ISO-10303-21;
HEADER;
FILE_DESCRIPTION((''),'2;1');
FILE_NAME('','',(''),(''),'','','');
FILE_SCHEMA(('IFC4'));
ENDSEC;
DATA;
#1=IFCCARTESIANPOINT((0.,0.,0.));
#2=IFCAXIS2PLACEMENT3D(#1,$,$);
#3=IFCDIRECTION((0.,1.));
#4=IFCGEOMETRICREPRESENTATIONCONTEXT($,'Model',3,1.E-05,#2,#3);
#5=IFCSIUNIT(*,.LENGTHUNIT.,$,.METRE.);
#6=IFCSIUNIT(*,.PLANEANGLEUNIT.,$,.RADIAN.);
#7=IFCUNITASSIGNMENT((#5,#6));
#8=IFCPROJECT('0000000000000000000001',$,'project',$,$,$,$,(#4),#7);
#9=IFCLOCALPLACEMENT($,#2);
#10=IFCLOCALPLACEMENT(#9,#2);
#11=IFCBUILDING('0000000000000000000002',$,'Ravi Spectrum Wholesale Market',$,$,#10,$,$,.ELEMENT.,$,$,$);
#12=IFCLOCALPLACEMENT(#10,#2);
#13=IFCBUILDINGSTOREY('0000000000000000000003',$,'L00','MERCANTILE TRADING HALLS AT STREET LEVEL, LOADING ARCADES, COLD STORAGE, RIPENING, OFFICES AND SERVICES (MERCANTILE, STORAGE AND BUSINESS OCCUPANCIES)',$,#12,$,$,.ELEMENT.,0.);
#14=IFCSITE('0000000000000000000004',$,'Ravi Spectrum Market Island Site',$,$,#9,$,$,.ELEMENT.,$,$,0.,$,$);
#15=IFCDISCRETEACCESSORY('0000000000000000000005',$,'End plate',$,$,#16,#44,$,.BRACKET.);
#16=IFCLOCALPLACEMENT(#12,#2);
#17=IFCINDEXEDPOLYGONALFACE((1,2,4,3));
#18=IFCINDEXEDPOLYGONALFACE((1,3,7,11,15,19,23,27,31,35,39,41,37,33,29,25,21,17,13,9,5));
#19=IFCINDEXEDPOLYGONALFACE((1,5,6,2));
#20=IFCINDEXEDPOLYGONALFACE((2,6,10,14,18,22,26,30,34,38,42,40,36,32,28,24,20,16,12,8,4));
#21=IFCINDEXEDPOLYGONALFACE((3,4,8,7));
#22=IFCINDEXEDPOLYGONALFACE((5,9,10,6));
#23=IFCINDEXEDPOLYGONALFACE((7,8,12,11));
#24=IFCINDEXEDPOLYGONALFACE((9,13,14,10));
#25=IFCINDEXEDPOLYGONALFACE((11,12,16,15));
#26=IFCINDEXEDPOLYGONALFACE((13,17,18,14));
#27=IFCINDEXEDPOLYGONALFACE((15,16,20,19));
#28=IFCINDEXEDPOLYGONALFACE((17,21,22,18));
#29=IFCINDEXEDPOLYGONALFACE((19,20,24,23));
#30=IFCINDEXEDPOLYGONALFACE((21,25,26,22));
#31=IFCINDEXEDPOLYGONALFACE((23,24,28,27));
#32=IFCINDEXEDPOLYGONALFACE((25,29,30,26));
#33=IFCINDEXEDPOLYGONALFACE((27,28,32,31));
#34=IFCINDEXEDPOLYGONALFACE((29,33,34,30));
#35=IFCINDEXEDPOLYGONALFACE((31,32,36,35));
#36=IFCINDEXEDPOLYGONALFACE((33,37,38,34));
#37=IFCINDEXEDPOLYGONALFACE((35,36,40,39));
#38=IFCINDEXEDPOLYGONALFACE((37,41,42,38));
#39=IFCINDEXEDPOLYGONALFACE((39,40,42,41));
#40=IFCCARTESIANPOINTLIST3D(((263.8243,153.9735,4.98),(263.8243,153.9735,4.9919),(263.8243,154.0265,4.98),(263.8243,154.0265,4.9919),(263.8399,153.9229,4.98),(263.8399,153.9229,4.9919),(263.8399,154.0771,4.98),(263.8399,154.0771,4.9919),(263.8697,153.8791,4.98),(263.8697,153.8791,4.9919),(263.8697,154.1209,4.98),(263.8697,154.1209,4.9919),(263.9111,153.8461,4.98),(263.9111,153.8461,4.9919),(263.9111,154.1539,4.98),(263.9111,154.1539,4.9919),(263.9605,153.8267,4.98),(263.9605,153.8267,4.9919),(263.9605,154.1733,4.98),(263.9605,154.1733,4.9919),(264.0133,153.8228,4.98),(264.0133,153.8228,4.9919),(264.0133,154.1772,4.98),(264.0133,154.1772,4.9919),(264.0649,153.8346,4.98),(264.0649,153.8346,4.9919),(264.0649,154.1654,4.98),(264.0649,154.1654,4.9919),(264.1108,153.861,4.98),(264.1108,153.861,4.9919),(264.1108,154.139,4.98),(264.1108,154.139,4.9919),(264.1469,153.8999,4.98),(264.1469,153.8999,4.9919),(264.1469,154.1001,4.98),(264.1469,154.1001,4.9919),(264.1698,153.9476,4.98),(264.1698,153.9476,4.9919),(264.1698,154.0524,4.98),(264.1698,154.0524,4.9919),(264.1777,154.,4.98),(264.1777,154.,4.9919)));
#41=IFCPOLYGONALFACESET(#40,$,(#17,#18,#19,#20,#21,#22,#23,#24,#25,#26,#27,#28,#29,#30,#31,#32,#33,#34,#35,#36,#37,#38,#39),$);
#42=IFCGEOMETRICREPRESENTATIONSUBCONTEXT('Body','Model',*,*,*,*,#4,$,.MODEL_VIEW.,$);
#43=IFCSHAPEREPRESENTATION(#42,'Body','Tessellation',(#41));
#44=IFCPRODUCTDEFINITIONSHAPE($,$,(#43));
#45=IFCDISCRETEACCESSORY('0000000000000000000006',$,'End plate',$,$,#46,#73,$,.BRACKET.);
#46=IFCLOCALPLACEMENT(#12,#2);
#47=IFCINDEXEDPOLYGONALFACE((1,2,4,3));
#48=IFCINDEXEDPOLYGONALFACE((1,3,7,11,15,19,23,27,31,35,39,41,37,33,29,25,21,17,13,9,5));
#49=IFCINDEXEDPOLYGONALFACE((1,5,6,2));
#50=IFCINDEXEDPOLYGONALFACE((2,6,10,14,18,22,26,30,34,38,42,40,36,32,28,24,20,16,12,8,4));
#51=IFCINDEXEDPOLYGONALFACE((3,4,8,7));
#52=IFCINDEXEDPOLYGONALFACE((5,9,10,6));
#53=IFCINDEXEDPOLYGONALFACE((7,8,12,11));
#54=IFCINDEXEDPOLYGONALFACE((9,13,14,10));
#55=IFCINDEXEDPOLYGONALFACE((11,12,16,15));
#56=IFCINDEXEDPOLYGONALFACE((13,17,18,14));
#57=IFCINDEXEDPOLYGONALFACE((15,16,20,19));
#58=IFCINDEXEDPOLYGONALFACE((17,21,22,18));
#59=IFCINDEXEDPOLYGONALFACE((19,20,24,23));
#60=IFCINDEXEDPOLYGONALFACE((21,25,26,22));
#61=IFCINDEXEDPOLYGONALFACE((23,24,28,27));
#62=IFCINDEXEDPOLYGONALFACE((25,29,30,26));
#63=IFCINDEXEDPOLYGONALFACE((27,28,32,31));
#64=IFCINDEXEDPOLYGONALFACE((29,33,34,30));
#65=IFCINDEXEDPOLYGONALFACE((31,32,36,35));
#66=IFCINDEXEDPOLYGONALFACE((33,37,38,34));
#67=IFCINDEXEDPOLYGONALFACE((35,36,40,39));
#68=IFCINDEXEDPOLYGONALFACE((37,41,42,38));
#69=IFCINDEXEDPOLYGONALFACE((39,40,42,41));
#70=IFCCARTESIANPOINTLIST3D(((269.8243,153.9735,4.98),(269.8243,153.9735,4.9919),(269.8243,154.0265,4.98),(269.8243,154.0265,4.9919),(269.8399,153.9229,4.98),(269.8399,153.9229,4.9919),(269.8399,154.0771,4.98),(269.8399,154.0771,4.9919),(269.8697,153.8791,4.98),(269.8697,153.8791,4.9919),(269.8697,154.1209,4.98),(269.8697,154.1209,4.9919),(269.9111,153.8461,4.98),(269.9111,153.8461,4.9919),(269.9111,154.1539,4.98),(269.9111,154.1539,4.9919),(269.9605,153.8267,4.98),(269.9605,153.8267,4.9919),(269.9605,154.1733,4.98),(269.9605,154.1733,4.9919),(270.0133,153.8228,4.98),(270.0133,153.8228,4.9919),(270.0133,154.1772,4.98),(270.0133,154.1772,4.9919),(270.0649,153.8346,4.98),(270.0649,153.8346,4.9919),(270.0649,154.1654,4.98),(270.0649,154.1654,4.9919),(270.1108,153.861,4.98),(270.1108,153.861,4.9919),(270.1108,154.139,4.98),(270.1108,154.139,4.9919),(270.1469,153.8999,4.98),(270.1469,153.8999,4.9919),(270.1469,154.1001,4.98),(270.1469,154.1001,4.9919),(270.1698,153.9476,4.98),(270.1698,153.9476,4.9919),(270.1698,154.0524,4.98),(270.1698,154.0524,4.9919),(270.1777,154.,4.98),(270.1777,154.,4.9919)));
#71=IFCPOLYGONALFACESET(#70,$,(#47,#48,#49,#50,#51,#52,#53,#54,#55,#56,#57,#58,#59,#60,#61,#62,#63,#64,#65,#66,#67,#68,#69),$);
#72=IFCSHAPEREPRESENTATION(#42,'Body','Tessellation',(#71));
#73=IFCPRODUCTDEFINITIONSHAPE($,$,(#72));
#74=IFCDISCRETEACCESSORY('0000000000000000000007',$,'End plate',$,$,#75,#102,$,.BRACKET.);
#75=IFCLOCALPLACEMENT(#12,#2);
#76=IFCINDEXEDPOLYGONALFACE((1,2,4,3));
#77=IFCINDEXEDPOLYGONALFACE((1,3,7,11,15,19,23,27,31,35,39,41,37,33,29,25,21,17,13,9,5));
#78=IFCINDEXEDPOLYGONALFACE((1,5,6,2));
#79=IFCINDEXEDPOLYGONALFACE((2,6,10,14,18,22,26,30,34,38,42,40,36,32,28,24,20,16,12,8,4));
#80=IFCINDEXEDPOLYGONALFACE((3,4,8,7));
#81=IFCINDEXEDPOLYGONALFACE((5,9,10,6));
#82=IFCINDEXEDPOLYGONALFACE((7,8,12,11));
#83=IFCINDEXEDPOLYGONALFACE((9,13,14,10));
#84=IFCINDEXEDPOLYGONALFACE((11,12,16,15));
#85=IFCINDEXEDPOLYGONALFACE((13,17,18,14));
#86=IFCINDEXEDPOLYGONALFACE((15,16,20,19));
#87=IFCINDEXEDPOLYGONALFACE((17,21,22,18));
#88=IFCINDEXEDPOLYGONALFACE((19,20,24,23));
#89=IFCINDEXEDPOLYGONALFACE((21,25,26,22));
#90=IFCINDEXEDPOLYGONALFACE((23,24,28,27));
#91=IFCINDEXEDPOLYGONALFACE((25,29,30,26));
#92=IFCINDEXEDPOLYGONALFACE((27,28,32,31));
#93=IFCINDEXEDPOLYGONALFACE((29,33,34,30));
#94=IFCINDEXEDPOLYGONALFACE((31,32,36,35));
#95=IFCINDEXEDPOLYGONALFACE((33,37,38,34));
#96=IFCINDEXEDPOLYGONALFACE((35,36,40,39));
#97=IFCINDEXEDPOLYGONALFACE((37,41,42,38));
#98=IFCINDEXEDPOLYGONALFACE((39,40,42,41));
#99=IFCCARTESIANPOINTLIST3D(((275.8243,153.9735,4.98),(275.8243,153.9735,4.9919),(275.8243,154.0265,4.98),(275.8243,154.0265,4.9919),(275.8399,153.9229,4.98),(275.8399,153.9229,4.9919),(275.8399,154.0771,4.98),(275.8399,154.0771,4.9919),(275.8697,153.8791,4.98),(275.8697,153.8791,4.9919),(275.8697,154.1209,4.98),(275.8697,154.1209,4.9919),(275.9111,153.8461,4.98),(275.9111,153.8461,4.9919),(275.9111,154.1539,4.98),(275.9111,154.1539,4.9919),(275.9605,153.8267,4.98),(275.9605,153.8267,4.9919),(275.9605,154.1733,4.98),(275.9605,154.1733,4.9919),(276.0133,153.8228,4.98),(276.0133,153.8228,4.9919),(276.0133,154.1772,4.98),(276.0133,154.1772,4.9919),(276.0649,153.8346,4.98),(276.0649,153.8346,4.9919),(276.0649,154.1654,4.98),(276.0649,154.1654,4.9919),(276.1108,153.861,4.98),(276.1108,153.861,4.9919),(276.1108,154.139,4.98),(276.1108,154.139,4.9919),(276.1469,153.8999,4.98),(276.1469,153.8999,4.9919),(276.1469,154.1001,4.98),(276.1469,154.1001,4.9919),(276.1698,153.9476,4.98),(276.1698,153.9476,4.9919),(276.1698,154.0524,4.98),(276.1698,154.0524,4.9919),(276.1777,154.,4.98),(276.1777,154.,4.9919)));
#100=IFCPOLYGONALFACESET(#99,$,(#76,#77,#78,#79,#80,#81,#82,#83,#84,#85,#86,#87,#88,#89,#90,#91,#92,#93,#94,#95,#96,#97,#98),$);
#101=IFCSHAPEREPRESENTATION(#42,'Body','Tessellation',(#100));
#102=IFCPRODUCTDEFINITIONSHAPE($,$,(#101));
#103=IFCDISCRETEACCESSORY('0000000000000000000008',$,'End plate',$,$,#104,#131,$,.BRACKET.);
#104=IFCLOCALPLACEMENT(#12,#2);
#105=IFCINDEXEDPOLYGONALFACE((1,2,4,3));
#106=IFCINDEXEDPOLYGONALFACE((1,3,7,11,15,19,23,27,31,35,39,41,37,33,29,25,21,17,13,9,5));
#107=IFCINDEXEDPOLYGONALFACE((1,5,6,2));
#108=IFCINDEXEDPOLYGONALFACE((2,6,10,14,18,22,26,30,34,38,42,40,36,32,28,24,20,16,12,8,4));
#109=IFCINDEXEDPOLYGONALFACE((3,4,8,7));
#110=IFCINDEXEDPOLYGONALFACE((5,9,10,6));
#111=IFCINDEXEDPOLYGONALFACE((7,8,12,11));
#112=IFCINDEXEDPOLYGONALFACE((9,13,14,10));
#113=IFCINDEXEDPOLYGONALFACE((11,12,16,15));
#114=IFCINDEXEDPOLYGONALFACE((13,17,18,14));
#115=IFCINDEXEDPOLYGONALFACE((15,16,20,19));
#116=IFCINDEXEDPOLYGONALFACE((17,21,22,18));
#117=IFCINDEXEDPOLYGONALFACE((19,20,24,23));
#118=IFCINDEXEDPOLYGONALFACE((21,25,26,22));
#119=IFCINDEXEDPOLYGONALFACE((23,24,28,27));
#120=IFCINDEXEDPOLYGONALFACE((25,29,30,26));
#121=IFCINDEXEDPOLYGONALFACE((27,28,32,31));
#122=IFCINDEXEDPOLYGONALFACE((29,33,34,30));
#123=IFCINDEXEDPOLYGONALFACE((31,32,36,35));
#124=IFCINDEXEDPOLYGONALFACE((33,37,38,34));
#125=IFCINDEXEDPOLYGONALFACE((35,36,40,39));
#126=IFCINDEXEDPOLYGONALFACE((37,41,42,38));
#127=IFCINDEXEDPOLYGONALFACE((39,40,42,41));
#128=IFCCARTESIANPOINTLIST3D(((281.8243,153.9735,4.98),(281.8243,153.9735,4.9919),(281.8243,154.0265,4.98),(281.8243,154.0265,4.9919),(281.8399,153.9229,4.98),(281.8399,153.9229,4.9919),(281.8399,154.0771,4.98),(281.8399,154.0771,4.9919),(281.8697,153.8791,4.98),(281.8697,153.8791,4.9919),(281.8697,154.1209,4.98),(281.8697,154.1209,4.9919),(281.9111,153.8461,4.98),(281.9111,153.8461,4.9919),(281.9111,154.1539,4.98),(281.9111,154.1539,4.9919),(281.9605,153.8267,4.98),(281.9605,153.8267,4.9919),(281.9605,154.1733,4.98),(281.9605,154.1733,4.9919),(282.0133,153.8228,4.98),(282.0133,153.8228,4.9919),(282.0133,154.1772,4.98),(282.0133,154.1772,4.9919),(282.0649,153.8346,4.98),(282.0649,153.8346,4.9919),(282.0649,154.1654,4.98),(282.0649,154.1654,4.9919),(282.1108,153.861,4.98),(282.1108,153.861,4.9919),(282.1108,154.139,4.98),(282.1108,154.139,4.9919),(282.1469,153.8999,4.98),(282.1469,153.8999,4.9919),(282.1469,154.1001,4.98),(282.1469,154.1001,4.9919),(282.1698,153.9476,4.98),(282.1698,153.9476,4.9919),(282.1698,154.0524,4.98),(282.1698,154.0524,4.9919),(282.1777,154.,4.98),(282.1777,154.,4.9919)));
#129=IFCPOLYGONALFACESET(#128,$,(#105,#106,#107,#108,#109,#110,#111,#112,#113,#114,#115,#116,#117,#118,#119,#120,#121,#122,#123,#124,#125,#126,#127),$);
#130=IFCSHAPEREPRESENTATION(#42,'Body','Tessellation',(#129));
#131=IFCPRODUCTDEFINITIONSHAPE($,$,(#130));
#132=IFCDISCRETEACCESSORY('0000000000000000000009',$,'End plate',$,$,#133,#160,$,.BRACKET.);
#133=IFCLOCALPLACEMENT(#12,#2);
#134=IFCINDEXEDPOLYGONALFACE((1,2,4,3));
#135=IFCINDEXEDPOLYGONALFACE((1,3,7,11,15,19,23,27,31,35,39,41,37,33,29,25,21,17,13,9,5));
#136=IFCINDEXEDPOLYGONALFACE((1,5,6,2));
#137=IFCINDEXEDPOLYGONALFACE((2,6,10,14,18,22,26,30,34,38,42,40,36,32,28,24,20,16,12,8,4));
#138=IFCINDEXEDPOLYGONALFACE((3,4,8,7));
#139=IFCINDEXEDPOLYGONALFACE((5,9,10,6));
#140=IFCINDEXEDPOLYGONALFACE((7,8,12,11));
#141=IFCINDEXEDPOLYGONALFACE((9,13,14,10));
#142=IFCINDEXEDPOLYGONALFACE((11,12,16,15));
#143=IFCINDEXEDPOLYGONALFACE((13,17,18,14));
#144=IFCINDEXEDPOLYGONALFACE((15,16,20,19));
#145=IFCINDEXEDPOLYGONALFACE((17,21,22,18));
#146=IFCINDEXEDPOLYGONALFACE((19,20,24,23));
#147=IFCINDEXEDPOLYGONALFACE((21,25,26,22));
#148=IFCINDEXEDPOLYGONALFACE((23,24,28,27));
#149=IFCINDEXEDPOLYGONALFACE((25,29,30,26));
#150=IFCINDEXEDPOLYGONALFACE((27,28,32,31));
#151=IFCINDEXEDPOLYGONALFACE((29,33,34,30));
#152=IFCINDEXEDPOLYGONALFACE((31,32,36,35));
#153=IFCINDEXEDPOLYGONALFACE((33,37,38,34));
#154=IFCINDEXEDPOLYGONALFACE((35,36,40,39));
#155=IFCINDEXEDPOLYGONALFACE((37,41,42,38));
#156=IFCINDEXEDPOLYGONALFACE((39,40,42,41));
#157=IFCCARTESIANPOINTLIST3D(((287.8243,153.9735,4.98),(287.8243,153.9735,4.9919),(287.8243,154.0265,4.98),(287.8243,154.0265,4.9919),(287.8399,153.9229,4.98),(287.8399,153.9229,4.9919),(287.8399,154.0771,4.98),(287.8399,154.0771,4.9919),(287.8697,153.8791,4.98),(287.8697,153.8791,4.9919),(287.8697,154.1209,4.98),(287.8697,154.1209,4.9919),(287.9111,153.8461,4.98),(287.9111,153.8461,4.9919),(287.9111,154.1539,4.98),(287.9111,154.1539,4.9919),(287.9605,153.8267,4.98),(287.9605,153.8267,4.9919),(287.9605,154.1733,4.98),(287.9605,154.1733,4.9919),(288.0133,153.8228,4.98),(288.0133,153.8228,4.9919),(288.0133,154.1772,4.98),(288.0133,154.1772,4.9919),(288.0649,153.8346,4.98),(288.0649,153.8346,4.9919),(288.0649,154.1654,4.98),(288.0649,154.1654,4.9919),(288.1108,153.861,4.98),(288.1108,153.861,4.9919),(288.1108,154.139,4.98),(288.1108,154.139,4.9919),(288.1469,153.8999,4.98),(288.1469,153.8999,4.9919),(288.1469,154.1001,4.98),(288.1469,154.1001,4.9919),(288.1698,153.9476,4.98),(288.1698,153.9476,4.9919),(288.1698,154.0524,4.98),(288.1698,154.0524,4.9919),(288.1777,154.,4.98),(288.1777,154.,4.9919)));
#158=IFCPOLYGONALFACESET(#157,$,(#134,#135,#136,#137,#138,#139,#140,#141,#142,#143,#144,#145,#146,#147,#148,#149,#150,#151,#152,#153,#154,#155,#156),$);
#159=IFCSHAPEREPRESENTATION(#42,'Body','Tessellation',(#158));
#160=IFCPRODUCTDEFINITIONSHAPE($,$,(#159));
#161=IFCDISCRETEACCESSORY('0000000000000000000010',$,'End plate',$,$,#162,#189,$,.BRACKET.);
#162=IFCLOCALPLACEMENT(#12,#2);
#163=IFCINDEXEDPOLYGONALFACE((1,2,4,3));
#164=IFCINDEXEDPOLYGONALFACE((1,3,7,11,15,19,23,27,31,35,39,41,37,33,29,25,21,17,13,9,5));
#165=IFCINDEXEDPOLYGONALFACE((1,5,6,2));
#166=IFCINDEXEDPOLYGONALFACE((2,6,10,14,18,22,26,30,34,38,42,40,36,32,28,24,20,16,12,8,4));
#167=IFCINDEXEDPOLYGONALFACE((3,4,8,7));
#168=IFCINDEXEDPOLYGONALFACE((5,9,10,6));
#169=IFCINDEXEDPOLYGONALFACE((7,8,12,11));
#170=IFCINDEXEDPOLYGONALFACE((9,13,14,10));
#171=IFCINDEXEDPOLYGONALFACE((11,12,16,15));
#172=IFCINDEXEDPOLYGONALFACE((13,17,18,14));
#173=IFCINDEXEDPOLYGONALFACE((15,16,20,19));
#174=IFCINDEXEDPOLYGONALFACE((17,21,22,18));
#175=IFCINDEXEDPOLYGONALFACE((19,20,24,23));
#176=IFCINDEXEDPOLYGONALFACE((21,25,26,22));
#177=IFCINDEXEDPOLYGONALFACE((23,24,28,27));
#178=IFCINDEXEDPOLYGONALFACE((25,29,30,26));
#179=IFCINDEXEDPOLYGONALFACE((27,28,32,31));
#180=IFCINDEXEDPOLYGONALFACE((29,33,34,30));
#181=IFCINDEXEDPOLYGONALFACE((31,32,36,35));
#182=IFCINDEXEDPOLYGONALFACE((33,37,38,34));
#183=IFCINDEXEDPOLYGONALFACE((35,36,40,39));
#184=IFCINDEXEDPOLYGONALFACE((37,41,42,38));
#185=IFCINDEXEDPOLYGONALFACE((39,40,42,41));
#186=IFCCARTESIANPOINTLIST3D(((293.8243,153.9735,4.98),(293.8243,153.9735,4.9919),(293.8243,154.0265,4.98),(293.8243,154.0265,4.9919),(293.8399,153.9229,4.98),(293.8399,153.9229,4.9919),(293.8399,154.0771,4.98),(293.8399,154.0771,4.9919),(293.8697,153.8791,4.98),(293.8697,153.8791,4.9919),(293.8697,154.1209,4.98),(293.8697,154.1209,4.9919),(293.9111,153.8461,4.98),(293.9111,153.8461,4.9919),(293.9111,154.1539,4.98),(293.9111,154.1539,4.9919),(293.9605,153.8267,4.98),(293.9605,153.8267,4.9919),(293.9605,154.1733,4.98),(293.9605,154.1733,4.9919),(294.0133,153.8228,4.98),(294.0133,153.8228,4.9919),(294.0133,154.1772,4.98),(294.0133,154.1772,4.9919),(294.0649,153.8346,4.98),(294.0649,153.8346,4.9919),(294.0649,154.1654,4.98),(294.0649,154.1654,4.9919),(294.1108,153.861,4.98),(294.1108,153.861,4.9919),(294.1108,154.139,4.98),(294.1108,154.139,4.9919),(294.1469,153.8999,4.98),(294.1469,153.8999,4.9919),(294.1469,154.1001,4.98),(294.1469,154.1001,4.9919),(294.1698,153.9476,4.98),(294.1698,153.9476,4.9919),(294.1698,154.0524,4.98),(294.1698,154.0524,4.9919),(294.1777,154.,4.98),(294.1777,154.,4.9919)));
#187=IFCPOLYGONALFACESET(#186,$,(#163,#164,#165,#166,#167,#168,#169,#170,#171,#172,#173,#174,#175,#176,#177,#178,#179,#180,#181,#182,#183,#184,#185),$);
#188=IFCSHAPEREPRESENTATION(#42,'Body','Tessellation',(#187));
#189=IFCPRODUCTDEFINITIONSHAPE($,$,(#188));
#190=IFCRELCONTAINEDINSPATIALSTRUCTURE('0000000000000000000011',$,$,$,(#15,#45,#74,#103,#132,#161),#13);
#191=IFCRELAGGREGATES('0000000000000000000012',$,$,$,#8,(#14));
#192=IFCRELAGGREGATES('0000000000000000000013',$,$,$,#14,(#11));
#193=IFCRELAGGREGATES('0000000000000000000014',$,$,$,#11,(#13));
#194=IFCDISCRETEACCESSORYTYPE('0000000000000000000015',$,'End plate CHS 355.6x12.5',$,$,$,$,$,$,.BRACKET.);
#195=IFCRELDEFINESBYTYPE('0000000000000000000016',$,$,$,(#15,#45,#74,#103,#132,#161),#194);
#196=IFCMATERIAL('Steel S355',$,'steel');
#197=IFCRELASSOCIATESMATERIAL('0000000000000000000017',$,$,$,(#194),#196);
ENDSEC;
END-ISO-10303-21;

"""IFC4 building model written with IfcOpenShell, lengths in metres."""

from ifc_helpers import new_model, si_unit, direction, frame, origin, origin_2d, place, context, subcontext, project, spatial, circle, extrude, material, material_profile, profile_set, type_object, element, save


model = new_model("IFC4")

# Units and contexts
model_context = context("Model", 3, precision=1e-05, world=origin(), true_north=direction((0.0, 1.0)))
body_context = subcontext(model_context, "Body", "Model", "MODEL_VIEW")
ifc_project = project(units=[si_unit("LENGTHUNIT", "METRE"), si_unit("PLANEANGLEUNIT", "RADIAN")], contexts=[model_context])

# Site, building, storey
site_placement = place(None, origin())
site = spatial("IfcSite", under=ifc_project, at=site_placement, Name="Ravi Spectrum Market Island Site", CompositionType="ELEMENT", RefElevation=0.0)
building_placement = place(site_placement, origin())
building = spatial("IfcBuilding", under=site, at=building_placement, Name="Ravi Spectrum Wholesale Market", CompositionType="ELEMENT")
storey_placement = place(building_placement, origin())
storey = spatial("IfcBuildingStorey", under=building, at=storey_placement, Name="L00", Description="MERCANTILE TRADING HALLS AT STREET LEVEL, LOADING ARCADES, COLD STORAGE, RIPENING, OFFICES AND SERVICES (MERCANTILE, STORAGE AND BUSINESS OCCUPANCIES)", CompositionType="ELEMENT", Elevation=0.0)

# Discrete accessories
ifc_material_1 = material(Name="Steel S355", Category="steel")
ifc_material_profile_1 = material_profile(ifc_material_1, circle(Radius=0.1777, at=origin_2d()))
ifc_profile_set_1 = profile_set([ifc_material_profile_1], Name="Steel S355")
discrete_accessory_type_1 = type_object("IfcDiscreteAccessoryType", Name="End plate CHS 355.6x12.5", PredefinedType="BRACKET", material=ifc_profile_set_1)
for number, where, z_axis, x_axis, name in (
    (1, (264.0, 154.0, 4.98), (0.0, 0.0, 1.0), (1.0, 0.0, 0.0), "End plate"),
    (2, (270.0, 154.0, 4.98), (0.0, 0.0, 1.0), (1.0, 0.0, 0.0), "End plate"),
    (3, (276.0, 154.0, 4.98), (0.0, 0.0, 1.0), (1.0, 0.0, 0.0), "End plate"),
    (4, (282.0, 154.0, 4.98), (0.0, 0.0, 1.0), (1.0, 0.0, 0.0), "End plate"),
    (5, (288.0, 154.0, 4.98), (0.0, 0.0, 1.0), (1.0, 0.0, 0.0), "End plate"),
    (6, (294.0, 154.0, 4.98), (0.0, 0.0, 1.0), (1.0, 0.0, 0.0), "End plate"),
):
    element("IfcDiscreteAccessory", number, at=place(storey_placement, frame(where, z_axis=z_axis, x_axis=x_axis)), inside=storey, type_object=discrete_accessory_type_1, Name=name, PredefinedType="BRACKET", context=body_context, shape_type="SweptSolid", body=[
        extrude(circle(Radius=0.1777, at=origin_2d()), origin(), (0.0, 0.0, 1.0), 0.012),
    ])

save(model, "model.ifc")
